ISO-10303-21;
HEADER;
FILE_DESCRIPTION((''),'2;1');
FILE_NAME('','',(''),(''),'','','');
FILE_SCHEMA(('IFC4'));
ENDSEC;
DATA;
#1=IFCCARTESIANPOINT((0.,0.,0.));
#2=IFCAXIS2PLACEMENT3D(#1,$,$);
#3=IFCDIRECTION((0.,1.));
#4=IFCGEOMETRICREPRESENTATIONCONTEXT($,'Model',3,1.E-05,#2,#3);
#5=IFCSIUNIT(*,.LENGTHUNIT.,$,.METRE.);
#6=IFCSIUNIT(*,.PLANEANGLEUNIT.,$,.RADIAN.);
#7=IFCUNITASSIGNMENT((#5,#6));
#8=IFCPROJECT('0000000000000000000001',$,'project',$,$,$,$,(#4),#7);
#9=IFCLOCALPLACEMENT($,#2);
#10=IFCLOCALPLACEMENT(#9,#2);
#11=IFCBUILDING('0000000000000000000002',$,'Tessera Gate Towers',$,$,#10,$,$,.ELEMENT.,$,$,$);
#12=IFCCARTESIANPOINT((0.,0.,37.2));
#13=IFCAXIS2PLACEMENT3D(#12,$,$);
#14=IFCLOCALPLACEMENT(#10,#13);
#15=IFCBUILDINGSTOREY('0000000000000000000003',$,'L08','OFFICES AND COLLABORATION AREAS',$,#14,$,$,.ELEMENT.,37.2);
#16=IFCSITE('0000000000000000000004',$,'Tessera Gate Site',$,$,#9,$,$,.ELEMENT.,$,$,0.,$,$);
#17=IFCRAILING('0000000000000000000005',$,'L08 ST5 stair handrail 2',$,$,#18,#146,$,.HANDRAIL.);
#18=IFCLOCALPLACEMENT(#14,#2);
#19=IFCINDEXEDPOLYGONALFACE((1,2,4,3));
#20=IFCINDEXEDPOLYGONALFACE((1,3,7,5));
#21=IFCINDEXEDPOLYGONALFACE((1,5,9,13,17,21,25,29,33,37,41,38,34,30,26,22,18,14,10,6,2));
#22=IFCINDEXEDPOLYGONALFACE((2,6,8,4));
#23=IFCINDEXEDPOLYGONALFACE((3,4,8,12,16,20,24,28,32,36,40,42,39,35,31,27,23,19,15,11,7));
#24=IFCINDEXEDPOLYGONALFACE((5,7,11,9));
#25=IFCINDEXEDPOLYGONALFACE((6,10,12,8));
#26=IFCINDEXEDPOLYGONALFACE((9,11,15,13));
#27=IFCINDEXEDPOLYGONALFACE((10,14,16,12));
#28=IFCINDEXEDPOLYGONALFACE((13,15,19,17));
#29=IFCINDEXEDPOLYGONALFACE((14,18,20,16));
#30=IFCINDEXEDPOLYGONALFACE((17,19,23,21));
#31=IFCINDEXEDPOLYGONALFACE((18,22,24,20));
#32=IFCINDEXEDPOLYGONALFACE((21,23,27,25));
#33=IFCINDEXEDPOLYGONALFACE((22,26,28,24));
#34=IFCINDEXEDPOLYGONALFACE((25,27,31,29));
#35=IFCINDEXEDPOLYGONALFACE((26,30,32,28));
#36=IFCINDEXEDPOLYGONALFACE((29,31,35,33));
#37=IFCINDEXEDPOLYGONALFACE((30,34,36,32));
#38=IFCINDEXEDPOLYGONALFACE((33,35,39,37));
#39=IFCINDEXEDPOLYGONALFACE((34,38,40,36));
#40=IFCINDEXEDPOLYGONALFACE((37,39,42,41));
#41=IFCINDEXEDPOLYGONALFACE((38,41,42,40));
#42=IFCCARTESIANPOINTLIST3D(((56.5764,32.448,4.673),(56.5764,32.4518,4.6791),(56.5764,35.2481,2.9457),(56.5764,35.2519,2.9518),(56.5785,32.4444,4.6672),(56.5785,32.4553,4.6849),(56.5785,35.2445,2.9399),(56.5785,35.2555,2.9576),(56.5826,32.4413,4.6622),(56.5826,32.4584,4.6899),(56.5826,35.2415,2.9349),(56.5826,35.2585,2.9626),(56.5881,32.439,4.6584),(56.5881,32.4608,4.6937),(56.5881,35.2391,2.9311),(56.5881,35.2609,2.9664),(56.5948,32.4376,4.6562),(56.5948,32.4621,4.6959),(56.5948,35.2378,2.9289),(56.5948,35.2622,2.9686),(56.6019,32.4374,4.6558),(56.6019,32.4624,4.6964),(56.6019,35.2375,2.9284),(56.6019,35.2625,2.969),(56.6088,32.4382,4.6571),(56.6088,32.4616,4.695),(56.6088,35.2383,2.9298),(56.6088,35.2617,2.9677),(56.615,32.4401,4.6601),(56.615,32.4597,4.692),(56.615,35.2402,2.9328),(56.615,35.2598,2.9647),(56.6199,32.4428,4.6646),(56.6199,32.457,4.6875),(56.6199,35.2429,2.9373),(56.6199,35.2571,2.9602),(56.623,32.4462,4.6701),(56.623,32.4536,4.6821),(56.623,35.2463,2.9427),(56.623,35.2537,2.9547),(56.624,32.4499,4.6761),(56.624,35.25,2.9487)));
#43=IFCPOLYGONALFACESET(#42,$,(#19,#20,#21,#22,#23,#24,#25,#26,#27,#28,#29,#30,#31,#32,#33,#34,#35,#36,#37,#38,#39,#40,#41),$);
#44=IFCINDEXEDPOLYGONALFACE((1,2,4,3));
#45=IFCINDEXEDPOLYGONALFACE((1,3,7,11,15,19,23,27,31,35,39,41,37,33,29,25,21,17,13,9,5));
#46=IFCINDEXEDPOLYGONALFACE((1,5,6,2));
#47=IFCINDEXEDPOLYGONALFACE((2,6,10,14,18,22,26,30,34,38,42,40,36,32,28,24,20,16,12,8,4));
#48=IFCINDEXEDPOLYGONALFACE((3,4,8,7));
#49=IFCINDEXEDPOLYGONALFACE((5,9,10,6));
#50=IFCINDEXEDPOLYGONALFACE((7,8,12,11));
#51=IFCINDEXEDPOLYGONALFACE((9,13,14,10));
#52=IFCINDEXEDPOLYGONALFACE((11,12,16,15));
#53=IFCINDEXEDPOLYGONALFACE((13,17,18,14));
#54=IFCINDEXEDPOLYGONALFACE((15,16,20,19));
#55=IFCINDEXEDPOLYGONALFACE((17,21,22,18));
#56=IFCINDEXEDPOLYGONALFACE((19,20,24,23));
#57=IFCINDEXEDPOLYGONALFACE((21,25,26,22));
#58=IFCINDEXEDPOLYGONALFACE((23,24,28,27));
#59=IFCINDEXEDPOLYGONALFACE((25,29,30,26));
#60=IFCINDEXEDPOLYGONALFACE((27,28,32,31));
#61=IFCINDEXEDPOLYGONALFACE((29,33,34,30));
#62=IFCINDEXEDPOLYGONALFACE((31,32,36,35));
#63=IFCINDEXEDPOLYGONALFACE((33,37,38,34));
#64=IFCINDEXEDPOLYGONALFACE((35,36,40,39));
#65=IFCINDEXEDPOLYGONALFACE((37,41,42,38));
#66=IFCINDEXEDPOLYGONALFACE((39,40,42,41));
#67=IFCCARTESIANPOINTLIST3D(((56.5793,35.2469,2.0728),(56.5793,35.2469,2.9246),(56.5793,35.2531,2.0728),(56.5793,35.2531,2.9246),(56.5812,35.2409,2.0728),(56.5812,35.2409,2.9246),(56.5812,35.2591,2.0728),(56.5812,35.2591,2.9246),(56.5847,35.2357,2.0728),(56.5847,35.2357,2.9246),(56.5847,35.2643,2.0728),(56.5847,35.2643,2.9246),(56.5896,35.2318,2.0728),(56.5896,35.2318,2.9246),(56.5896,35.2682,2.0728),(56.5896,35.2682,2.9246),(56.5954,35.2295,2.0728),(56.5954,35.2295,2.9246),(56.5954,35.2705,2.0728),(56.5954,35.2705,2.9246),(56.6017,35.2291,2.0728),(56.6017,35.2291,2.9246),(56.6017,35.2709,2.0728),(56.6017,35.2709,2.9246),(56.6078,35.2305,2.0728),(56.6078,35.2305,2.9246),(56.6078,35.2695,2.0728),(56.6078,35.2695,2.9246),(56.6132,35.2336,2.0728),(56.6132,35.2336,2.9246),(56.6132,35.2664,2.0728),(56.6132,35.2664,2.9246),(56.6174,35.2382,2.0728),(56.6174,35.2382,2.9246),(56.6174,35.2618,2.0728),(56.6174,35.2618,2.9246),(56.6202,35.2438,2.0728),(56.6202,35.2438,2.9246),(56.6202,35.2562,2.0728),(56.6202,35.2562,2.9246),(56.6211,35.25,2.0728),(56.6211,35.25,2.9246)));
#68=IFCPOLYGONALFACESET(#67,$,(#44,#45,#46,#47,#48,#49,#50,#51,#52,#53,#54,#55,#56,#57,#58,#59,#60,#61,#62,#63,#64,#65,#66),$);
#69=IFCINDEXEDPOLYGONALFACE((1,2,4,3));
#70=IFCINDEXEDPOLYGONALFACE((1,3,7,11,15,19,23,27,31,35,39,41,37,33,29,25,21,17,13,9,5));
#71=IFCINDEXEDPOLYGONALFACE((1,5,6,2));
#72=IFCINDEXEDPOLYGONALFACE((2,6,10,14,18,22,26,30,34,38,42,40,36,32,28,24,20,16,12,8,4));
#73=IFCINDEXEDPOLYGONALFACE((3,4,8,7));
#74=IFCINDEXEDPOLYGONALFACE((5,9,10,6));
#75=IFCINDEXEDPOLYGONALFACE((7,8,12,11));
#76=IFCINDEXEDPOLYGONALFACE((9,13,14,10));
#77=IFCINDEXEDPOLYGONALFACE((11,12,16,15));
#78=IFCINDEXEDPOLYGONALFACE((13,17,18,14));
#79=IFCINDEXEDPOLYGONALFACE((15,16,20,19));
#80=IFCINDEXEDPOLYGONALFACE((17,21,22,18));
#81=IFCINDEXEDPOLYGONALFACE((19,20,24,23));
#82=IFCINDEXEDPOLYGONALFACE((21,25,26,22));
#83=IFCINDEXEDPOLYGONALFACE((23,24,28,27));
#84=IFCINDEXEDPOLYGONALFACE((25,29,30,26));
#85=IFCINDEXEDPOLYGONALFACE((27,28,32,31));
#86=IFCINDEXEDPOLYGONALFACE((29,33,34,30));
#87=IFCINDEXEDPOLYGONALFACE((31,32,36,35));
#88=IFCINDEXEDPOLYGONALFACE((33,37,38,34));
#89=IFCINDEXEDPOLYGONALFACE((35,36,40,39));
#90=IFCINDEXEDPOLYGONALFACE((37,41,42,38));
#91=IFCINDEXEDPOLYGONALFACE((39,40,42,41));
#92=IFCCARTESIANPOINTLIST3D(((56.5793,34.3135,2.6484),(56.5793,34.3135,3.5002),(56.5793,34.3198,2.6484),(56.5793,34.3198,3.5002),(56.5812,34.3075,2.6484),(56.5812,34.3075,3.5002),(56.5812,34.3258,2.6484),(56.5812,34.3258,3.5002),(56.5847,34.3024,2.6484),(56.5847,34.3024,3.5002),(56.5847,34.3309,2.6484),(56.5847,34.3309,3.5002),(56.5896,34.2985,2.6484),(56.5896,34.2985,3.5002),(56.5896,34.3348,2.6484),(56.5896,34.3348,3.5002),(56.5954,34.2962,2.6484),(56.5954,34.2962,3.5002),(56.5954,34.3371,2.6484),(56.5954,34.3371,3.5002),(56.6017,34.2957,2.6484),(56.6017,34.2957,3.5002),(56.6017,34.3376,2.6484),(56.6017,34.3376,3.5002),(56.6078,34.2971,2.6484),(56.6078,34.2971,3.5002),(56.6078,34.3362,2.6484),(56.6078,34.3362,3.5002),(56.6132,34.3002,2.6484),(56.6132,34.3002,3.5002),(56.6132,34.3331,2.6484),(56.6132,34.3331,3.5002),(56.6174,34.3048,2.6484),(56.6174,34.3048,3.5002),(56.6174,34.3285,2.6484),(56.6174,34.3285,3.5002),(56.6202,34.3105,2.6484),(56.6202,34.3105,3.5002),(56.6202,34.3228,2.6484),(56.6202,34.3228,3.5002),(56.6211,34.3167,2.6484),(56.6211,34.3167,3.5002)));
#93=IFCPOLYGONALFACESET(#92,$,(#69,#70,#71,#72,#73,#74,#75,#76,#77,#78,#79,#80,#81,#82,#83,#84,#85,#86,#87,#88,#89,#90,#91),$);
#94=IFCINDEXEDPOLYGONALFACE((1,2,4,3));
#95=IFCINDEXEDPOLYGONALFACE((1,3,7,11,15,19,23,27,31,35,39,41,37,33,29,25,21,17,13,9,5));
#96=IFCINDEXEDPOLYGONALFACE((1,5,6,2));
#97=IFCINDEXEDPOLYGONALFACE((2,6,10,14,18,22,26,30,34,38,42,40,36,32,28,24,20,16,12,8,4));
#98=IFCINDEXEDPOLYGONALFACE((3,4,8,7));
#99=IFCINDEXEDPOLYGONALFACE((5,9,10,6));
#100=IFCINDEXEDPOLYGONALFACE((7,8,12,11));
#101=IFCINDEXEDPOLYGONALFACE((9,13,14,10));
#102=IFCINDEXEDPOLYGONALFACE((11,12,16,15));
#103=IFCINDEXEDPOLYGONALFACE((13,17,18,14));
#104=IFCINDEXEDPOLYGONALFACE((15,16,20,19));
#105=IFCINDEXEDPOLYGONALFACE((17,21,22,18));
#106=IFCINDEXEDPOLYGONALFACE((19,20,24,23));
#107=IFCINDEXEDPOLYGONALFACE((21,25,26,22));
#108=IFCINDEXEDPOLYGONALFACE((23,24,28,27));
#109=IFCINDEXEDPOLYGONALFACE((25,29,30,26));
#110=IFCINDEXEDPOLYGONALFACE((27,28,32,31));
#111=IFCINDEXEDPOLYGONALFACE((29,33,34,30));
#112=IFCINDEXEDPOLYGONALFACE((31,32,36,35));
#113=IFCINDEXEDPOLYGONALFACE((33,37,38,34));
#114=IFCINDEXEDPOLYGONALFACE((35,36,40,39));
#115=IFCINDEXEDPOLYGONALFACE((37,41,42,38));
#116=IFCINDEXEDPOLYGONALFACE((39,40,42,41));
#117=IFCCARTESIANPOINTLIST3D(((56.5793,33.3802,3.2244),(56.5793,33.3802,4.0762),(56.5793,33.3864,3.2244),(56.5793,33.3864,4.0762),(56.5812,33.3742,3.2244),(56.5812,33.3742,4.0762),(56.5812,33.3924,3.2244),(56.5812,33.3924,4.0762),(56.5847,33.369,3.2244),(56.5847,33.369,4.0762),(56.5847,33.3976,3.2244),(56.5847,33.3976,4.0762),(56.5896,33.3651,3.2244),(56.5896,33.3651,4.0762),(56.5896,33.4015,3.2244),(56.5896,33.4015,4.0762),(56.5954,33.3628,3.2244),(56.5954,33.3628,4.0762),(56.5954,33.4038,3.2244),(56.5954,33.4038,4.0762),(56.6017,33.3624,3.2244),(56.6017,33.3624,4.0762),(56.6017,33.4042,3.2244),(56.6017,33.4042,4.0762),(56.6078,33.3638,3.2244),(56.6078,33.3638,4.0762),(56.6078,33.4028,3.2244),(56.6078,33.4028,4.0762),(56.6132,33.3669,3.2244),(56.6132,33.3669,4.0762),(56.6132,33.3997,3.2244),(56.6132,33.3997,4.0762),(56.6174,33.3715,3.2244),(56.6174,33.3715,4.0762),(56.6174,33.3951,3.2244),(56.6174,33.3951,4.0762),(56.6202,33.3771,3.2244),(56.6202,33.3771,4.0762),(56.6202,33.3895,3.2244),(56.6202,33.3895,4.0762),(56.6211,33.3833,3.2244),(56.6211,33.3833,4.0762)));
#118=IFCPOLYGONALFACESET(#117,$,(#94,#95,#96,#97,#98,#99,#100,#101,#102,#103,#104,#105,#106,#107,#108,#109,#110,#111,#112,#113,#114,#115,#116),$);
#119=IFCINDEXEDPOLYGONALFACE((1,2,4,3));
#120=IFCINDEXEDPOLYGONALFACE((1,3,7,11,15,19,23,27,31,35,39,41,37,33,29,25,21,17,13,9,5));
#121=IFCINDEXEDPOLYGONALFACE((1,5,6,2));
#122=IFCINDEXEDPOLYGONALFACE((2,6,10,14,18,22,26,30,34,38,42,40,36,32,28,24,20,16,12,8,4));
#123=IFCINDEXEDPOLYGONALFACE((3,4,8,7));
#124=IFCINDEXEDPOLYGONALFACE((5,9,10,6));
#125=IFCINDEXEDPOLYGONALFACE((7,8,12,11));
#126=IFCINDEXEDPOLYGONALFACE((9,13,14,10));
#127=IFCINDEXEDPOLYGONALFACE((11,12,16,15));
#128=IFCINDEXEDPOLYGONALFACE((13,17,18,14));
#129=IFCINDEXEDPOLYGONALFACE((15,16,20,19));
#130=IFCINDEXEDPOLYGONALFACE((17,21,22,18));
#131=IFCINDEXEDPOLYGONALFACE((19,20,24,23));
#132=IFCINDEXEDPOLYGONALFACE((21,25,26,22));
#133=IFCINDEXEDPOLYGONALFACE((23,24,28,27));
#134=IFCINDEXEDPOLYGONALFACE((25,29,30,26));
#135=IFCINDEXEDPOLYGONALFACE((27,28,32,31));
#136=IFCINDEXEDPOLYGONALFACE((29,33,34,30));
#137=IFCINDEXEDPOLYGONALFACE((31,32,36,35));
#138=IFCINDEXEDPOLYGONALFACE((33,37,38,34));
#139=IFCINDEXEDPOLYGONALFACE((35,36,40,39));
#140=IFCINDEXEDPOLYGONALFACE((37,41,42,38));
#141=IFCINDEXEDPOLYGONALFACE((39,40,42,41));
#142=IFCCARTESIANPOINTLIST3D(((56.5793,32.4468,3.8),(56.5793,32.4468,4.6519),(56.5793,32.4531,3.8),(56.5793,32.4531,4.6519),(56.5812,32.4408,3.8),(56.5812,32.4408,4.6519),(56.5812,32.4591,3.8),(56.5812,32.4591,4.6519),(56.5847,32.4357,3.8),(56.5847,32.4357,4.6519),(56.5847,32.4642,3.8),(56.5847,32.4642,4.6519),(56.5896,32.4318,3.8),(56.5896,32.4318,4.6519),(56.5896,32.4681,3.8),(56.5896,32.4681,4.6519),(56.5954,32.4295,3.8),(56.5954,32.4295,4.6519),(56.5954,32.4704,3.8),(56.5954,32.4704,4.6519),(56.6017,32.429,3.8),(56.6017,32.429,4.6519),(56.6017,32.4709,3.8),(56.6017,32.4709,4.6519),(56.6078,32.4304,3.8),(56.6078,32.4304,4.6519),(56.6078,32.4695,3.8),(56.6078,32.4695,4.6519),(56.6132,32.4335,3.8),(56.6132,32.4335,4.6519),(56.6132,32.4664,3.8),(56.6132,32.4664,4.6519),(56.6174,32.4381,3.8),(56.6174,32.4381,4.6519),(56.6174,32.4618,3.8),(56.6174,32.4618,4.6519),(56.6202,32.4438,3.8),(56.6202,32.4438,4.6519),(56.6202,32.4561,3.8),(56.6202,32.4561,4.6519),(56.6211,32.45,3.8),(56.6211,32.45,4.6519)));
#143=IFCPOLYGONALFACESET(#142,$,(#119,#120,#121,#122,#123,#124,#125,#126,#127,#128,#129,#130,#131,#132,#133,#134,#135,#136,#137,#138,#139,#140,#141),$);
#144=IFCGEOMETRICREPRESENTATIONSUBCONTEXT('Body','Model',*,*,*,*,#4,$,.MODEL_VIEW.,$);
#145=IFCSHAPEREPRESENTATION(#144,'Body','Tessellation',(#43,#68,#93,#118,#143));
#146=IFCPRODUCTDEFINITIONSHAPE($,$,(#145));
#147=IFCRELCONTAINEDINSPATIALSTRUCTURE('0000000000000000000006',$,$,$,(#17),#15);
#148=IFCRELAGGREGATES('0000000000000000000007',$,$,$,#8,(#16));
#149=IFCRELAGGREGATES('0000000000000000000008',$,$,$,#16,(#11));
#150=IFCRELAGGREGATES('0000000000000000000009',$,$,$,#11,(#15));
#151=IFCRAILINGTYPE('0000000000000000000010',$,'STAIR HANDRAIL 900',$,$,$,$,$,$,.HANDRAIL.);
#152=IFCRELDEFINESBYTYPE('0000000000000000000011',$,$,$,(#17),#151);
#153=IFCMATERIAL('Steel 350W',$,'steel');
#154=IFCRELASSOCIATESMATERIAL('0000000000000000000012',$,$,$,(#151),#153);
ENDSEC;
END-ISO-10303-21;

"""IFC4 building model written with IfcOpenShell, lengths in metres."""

from ifc_helpers import new_model, si_unit, direction, frame, origin, origin_2d, place, context, subcontext, project, spatial, circle, extrude, material, type_object, element, save


model = new_model("IFC4")

# Units and contexts
model_context = context("Model", 3, precision=1e-05, world=origin(), true_north=direction((0.0, 1.0)))
body_context = subcontext(model_context, "Body", "Model", "MODEL_VIEW")
ifc_project = project(units=[si_unit("LENGTHUNIT", "METRE"), si_unit("PLANEANGLEUNIT", "RADIAN")], contexts=[model_context])

# Site, building, storey
site_placement = place(None, origin())
site = spatial("IfcSite", under=ifc_project, at=site_placement, Name="Tessera Gate Site", CompositionType="ELEMENT", RefElevation=0.0)
building_placement = place(site_placement, origin())
building = spatial("IfcBuilding", under=site, at=building_placement, Name="Tessera Gate Towers", CompositionType="ELEMENT")
storey_placement = place(building_placement, frame((0.0, 0.0, 37.2)))
storey = spatial("IfcBuildingStorey", under=building, at=storey_placement, Name="L08", Description="OFFICES AND COLLABORATION AREAS", CompositionType="ELEMENT", Elevation=37.2)

# Railing
ifc_material_1 = material(Name="Steel 350W", Category="steel")
railing_type_1 = type_object("IfcRailingType", Name="STAIR HANDRAIL 900", PredefinedType="HANDRAIL", material=ifc_material_1)
railing_1_placement = place(storey_placement, frame((56.6001, 35.25, 2.0728)))
element("IfcRailing", 1, at=railing_1_placement, inside=storey, type_object=railing_type_1, Name="L08 ST5 stair handrail 2", PredefinedType="HANDRAIL", context=body_context, shape_type="SweptSolid", body=[
    extrude(circle(Radius=0.0239, at=origin_2d()), frame((0.0, 0.0, 0.876), z_axis=(0.0, -0.85109, 0.52502), x_axis=(1.0, 0.0, 0.0)), (0.0, 0.0, 1.0), 3.29),
    extrude(circle(Radius=0.021, at=origin_2d()), origin(), (0.0, 0.0, 1.0), 0.8518),
    extrude(circle(Radius=0.021, at=origin_2d()), frame((0.0, -0.9333, 0.5757)), (0.0, 0.0, 1.0), 0.8518),
    extrude(circle(Radius=0.021, at=origin_2d()), frame((0.0, -1.8667, 1.1516)), (0.0, 0.0, 1.0), 0.8518),
    extrude(circle(Radius=0.021, at=origin_2d()), frame((0.0, -2.8, 1.7273)), (0.0, 0.0, 1.0), 0.8518),
])

save(model, "model.ifc")
